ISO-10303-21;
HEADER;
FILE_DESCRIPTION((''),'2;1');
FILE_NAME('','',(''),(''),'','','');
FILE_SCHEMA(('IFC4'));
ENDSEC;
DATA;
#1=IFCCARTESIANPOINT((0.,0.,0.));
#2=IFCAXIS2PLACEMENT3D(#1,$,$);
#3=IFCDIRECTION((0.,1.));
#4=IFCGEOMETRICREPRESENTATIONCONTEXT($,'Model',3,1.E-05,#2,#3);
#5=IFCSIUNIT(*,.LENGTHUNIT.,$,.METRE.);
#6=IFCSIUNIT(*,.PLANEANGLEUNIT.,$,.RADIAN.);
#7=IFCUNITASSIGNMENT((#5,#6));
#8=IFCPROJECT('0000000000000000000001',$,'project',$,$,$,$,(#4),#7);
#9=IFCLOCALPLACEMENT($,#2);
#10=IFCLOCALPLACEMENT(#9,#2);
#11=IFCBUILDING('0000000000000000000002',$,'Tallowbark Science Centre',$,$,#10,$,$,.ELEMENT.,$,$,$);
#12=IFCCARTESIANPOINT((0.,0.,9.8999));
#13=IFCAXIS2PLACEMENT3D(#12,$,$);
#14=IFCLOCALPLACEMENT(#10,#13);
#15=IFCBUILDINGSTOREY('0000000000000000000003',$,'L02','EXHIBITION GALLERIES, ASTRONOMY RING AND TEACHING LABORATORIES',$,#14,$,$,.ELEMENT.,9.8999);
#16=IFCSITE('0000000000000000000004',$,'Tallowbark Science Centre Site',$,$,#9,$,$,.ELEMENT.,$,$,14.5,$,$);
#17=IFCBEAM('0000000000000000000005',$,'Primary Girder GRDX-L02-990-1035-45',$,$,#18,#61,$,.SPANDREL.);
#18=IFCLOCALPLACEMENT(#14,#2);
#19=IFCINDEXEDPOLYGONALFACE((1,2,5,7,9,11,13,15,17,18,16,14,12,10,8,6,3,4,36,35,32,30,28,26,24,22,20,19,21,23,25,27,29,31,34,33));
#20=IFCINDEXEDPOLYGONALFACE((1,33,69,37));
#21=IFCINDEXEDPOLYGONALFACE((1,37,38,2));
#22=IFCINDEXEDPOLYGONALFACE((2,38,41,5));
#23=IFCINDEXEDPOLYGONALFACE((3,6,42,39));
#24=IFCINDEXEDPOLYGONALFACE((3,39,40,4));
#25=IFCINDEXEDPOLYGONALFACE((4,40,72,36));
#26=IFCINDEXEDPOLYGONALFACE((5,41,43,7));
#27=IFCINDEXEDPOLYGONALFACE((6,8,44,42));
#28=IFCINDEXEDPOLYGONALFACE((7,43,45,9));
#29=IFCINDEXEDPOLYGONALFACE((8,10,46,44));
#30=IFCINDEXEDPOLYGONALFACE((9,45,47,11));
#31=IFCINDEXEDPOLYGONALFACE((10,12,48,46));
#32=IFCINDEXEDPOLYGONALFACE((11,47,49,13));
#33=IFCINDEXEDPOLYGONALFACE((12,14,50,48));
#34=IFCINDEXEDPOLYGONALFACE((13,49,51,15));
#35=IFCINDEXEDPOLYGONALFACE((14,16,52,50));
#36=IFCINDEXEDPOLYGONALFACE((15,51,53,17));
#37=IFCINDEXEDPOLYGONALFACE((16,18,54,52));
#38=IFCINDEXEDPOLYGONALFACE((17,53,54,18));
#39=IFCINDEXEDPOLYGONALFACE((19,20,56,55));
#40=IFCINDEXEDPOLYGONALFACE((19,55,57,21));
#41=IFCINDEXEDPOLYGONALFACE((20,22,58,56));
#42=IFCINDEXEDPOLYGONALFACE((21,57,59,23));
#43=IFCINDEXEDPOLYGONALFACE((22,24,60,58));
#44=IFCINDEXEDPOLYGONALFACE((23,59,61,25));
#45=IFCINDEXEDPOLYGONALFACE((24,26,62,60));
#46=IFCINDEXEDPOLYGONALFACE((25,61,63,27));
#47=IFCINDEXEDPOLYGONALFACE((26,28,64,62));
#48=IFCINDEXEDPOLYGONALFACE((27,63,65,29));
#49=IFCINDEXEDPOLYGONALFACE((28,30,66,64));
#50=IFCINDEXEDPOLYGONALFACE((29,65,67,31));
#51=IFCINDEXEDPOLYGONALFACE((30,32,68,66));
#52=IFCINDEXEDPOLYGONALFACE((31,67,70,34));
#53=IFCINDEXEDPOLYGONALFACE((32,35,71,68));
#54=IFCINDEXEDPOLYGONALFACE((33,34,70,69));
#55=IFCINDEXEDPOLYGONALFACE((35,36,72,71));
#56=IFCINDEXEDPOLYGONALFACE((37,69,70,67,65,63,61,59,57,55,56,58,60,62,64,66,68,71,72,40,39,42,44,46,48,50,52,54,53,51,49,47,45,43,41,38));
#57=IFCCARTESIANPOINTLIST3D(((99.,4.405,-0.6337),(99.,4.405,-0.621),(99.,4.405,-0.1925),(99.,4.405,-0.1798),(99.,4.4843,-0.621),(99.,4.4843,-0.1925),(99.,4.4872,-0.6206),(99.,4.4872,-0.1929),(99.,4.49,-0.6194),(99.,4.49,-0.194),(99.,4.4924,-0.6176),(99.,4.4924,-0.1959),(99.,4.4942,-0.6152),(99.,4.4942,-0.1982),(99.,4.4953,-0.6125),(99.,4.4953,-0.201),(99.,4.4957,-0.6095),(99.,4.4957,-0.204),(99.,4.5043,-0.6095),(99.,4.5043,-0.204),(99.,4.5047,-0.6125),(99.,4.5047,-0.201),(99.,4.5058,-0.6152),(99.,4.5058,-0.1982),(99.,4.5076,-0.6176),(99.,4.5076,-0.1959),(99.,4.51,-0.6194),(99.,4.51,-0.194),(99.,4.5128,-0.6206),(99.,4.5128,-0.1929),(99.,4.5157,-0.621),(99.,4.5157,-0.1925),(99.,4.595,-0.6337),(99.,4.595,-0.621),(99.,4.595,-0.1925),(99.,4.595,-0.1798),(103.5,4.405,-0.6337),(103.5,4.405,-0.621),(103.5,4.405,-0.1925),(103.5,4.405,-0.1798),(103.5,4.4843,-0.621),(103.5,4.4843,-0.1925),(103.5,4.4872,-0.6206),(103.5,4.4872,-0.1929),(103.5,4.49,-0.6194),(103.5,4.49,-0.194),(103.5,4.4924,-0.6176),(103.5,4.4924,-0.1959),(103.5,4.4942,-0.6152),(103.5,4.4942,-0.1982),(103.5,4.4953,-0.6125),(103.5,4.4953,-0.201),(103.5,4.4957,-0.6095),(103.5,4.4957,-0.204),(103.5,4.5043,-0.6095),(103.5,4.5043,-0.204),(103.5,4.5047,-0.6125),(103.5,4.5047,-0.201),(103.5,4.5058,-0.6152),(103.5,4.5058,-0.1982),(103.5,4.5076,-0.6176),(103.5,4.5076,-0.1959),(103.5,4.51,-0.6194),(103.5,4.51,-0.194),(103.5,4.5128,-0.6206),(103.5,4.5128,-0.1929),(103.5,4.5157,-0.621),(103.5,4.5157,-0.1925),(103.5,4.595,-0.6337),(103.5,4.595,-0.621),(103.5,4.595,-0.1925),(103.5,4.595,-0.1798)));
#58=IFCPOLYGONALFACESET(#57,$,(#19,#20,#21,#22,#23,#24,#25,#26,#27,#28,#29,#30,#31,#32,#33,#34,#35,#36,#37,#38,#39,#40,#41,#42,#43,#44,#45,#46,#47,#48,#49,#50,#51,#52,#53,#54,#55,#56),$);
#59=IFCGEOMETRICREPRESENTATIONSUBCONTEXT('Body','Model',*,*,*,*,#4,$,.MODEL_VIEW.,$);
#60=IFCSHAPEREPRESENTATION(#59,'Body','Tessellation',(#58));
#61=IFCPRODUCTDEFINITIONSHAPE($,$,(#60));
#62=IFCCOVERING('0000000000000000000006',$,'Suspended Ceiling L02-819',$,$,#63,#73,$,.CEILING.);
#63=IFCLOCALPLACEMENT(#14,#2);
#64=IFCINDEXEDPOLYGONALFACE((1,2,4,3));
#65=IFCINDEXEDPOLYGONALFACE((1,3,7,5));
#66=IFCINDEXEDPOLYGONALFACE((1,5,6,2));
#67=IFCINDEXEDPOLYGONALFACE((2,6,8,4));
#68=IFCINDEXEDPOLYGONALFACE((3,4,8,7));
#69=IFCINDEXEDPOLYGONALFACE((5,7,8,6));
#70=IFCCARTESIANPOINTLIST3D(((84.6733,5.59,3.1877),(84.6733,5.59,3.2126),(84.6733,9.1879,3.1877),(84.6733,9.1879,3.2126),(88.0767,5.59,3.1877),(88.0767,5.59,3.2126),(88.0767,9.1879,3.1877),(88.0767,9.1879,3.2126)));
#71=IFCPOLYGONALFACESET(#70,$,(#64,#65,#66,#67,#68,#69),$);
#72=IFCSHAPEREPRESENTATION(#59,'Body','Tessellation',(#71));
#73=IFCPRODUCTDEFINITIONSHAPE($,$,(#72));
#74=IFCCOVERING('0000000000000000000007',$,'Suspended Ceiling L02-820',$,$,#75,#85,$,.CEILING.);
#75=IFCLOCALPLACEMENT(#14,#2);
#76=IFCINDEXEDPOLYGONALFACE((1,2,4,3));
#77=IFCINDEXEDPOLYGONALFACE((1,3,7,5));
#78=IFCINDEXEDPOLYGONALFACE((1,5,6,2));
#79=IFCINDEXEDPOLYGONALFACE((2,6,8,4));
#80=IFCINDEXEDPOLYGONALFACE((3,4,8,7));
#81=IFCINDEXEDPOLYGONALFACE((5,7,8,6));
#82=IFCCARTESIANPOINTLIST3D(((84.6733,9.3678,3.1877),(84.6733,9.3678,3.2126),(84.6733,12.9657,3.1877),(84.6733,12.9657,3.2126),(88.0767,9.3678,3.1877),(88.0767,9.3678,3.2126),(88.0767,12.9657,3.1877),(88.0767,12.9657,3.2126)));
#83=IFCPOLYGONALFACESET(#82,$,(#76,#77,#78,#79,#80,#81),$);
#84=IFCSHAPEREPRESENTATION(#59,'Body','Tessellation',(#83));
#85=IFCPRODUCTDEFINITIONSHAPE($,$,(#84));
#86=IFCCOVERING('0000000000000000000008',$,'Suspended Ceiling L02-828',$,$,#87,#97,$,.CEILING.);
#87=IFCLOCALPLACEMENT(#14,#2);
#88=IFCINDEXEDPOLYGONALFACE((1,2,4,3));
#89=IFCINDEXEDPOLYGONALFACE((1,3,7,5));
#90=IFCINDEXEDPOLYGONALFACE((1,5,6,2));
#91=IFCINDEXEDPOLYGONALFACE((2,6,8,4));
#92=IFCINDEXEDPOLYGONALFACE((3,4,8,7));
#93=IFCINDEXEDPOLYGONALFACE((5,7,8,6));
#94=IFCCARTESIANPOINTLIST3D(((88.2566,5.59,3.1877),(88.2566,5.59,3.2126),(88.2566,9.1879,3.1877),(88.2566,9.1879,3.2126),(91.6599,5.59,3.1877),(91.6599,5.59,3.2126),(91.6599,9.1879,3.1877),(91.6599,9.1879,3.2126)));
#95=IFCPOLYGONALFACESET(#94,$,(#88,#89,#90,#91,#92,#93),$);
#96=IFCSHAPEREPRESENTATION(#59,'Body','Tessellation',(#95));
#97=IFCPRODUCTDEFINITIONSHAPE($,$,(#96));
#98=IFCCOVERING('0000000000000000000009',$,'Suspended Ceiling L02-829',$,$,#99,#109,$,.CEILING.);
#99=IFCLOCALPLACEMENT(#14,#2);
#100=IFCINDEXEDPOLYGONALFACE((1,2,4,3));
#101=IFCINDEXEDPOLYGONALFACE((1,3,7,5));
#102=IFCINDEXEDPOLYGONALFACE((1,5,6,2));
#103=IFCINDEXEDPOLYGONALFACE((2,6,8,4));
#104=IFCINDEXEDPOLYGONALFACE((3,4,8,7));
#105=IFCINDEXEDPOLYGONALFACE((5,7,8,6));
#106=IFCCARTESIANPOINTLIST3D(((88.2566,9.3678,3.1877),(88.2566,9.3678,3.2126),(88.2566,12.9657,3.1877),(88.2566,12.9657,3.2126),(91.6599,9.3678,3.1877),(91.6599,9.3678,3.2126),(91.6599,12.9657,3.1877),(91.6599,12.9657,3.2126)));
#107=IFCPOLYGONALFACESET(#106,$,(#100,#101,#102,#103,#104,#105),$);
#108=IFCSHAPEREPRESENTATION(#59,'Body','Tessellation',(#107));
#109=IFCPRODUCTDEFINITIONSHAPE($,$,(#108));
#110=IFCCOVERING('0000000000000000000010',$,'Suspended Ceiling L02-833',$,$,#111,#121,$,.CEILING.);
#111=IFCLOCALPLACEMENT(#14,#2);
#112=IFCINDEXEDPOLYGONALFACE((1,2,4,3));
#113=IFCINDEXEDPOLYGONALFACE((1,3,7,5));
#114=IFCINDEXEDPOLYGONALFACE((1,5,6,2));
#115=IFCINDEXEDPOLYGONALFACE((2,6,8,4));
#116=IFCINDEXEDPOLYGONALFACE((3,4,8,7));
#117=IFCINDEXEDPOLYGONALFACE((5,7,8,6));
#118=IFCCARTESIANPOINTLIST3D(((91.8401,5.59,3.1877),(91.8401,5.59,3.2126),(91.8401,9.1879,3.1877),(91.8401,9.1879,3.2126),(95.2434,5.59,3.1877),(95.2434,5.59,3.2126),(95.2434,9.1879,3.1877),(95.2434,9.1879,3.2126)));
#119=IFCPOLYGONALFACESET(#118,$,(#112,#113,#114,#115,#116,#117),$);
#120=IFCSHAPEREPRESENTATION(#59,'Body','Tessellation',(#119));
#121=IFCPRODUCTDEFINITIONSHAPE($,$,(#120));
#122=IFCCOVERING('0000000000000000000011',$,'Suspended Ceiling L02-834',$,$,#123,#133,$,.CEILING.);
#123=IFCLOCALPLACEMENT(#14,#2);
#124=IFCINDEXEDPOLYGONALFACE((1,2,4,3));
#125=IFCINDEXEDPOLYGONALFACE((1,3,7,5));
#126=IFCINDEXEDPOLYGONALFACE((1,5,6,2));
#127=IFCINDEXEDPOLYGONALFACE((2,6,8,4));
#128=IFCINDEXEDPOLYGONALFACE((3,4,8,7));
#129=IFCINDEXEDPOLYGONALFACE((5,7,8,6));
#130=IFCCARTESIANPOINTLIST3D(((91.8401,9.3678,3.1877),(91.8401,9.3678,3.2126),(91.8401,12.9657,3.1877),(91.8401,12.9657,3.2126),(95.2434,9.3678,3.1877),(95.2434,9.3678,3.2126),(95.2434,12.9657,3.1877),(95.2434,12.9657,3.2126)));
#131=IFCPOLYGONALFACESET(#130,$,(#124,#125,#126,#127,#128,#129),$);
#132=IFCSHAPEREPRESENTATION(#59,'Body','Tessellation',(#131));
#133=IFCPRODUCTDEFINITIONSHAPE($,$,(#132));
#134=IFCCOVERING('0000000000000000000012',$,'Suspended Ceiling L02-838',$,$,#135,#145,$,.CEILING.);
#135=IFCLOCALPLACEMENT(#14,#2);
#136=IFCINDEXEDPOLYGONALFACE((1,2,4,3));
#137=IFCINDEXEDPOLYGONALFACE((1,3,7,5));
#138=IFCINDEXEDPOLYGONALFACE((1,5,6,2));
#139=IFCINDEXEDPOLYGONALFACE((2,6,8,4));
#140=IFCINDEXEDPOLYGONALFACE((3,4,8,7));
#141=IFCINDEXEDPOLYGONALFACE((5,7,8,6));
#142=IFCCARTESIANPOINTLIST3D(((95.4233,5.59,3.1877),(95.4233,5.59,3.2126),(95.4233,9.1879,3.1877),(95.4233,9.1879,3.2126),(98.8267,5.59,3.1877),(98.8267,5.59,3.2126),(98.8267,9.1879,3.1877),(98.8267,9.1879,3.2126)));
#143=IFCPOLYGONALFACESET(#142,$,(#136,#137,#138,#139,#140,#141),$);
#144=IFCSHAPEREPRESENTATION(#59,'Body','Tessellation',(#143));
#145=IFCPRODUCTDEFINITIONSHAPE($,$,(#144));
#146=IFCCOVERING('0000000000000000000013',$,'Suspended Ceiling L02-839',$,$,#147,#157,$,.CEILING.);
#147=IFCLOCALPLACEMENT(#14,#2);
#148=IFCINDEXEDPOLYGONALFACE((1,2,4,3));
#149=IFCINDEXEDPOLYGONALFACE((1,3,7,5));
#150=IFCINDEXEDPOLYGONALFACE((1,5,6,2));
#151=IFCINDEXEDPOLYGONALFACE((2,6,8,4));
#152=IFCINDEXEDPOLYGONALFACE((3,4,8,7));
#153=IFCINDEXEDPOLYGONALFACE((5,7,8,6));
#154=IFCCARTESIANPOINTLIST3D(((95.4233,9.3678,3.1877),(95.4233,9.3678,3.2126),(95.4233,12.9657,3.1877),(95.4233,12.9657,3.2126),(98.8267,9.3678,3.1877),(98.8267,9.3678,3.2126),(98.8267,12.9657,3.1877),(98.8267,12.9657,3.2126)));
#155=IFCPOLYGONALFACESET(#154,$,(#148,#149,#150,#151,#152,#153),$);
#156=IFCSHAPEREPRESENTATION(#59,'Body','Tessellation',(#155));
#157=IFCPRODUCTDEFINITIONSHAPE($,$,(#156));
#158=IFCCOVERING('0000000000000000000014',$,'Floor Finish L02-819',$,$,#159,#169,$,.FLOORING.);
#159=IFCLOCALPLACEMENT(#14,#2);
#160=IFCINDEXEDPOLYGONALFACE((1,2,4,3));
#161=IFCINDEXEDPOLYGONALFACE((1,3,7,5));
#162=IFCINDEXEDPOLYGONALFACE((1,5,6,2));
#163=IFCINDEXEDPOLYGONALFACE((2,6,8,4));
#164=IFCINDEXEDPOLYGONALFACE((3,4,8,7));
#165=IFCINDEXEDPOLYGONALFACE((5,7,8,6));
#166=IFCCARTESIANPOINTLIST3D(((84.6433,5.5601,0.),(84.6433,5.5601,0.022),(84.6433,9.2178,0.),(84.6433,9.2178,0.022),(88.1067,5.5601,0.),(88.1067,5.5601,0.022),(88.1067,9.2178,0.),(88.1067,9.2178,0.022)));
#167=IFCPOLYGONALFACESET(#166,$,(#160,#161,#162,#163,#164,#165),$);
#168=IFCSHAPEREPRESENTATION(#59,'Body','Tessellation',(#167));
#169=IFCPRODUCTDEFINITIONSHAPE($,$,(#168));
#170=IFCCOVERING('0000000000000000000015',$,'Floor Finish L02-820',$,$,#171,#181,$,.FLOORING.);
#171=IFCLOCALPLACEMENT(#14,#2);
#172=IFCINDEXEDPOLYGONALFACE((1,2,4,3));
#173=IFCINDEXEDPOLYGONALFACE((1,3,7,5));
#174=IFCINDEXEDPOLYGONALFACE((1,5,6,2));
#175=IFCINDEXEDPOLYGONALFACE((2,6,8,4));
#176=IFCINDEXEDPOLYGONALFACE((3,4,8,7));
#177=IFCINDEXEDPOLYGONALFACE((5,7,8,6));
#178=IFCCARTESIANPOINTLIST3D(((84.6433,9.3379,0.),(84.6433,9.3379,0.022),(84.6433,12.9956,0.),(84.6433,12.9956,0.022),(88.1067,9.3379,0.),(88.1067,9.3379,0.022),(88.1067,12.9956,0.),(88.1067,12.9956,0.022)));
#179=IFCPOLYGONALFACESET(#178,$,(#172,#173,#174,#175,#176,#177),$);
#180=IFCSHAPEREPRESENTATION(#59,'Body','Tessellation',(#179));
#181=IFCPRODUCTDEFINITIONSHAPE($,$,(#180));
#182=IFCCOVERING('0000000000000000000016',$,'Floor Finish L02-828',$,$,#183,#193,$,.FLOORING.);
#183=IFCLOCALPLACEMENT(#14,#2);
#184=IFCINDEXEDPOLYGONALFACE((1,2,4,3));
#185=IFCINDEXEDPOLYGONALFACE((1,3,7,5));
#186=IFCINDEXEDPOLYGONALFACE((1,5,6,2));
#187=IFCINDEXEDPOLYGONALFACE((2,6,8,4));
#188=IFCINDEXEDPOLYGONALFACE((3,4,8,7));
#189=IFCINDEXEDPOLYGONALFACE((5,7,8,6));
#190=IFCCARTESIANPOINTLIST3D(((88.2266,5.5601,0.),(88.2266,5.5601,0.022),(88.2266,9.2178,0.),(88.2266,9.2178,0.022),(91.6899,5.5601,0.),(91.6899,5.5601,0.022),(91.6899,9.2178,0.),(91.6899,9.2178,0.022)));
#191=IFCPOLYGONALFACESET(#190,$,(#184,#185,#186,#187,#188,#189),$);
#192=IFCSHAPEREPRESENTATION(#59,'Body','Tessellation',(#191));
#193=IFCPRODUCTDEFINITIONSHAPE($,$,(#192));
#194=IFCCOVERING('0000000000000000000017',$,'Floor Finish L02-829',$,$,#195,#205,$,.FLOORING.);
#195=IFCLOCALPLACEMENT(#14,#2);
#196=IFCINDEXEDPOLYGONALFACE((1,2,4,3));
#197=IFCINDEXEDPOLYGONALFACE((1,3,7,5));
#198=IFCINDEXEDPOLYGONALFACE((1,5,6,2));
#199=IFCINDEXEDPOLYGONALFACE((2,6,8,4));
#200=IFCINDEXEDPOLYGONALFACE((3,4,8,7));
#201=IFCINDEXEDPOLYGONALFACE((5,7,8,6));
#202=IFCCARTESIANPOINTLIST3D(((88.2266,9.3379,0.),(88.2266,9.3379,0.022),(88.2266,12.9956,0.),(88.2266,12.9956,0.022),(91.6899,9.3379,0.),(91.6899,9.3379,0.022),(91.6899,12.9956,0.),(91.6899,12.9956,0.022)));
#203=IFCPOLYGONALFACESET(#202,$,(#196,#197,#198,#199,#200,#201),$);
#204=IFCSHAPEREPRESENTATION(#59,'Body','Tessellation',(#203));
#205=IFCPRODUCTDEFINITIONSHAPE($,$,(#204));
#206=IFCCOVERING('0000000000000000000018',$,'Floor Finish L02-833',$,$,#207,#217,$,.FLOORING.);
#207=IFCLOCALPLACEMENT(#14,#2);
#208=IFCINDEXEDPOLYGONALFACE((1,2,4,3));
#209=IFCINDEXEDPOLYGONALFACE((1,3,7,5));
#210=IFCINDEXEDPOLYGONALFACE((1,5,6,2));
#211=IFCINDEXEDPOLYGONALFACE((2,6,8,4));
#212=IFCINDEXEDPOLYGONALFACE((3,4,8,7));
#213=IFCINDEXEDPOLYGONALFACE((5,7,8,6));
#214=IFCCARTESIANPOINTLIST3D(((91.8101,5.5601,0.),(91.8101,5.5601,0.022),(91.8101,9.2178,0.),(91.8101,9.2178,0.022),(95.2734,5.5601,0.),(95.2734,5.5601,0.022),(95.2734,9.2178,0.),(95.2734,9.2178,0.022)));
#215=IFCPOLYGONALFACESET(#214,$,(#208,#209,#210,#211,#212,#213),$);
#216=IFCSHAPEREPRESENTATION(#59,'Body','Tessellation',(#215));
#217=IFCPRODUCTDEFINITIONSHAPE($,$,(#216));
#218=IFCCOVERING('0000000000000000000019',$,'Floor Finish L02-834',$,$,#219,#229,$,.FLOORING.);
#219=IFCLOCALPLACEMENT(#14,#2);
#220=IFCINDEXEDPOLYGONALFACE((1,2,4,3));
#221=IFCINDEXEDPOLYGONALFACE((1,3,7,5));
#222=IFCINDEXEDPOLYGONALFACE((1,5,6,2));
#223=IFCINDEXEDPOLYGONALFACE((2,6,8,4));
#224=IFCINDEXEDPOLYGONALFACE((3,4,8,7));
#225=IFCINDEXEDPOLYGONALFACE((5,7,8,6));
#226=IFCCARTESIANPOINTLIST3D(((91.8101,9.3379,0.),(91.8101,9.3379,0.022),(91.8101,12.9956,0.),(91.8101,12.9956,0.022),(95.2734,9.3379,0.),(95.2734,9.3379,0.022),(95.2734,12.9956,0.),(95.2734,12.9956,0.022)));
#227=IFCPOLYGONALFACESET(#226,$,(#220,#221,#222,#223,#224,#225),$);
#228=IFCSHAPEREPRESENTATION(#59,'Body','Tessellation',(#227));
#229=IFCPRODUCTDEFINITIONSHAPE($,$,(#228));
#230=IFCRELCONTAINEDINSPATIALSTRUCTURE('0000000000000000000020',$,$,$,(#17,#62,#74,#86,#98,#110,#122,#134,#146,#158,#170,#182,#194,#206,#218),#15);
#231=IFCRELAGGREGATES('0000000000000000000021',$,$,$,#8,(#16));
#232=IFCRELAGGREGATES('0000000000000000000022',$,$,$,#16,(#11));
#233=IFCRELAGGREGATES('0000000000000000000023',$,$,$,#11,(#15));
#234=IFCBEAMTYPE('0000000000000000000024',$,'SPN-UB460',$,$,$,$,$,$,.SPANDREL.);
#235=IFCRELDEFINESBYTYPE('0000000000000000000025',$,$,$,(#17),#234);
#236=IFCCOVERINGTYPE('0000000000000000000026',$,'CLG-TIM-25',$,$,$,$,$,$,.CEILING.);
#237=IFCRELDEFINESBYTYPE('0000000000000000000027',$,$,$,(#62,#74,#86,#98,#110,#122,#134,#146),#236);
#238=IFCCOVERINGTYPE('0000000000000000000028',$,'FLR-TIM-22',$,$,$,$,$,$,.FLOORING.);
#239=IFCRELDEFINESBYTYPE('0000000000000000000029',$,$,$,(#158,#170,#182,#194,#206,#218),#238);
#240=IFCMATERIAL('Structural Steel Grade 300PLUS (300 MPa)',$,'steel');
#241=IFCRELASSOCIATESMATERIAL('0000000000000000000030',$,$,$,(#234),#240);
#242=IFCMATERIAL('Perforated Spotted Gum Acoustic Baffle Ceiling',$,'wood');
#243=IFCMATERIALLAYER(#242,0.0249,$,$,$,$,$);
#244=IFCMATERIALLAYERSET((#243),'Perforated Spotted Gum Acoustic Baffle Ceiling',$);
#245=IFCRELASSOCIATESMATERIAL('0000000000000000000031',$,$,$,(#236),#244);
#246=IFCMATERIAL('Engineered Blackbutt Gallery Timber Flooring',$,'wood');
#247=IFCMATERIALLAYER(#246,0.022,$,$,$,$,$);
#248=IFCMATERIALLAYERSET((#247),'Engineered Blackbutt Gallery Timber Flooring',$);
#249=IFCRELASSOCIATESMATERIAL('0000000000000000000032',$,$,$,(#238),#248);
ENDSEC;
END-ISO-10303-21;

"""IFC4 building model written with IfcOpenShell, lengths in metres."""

from ifc_helpers import new_model, si_unit, direction, frame, origin, origin_2d, place, context, subcontext, project, spatial, rectangle, i_section, extrude, material, layer, layer_set, material_profile, profile_set, type_object, element, save


model = new_model("IFC4")

# Units and contexts
model_context = context("Model", 3, precision=1e-05, world=origin(), true_north=direction((0.0, 1.0)))
body_context = subcontext(model_context, "Body", "Model", "MODEL_VIEW")
ifc_project = project(units=[si_unit("LENGTHUNIT", "METRE"), si_unit("PLANEANGLEUNIT", "RADIAN")], contexts=[model_context])

# Site, building, storey
site_placement = place(None, origin())
site = spatial("IfcSite", under=ifc_project, at=site_placement, Name="Tallowbark Science Centre Site", CompositionType="ELEMENT", RefElevation=14.5)
building_placement = place(site_placement, origin())
building = spatial("IfcBuilding", under=site, at=building_placement, Name="Tallowbark Science Centre", CompositionType="ELEMENT")
storey_placement = place(building_placement, frame((0.0, 0.0, 9.8999)))
storey = spatial("IfcBuildingStorey", under=building, at=storey_placement, Name="L02", Description="EXHIBITION GALLERIES, ASTRONOMY RING AND TEACHING LABORATORIES", CompositionType="ELEMENT", Elevation=9.8999)

# Beam
ifc_material_1 = material(Name="Structural Steel Grade 300PLUS (300 MPa)", Category="steel")
ifc_material_profile = material_profile(ifc_material_1, i_section(OverallWidth=0.1899, OverallDepth=0.4539, WebThickness=0.0085, FlangeThickness=0.0127, FilletRadius=0.0115, at=origin_2d()), Name="460UB67.1")
ifc_profile_set = profile_set([ifc_material_profile], Name="Structural Steel Grade 300PLUS (300 MPa)")
beam_type = type_object("IfcBeamType", Name="SPN-UB460", PredefinedType="SPANDREL", material=ifc_profile_set)
beam_placement = place(storey_placement, frame((99.0, 4.5, -0.4067), z_axis=(1.0, 0.0, 0.0), x_axis=(0.0, 1.0, 0.0)))
element("IfcBeam", 1, at=beam_placement, inside=storey, type_object=beam_type, Name="Primary Girder GRDX-L02-990-1035-45", PredefinedType="SPANDREL", context=body_context, shape_type="SweptSolid", body=[
    extrude(i_section(OverallWidth=0.1899, OverallDepth=0.4539, WebThickness=0.0085, FlangeThickness=0.0127, FilletRadius=0.0115, at=origin_2d()), origin(), (0.0, 0.0, 1.0), 4.5),
])

# Coverings
ifc_material_2 = material(Name="Perforated Spotted Gum Acoustic Baffle Ceiling", Category="wood")
ifc_layer_1 = layer(ifc_material_2, 0.0249)
ifc_layer_set_1 = layer_set([ifc_layer_1], Name="Perforated Spotted Gum Acoustic Baffle Ceiling")
covering_type_1 = type_object("IfcCoveringType", Name="CLG-TIM-25", PredefinedType="CEILING", material=ifc_layer_set_1)
for number, where, z_axis, x_axis, name in (
    (2, (86.375, 7.3889, 3.1877), (0.0, 0.0, 1.0), (1.0, 0.0, 0.0), "Suspended Ceiling L02-819"),
    (3, (86.375, 11.1667, 3.1877), (0.0, 0.0, 1.0), (1.0, 0.0, 0.0), "Suspended Ceiling L02-820"),
    (4, (89.9583, 7.3889, 3.1877), (0.0, 0.0, 1.0), (1.0, 0.0, 0.0), "Suspended Ceiling L02-828"),
    (5, (89.9583, 11.1667, 3.1877), (0.0, 0.0, 1.0), (1.0, 0.0, 0.0), "Suspended Ceiling L02-829"),
    (6, (93.5417, 7.3889, 3.1877), (0.0, 0.0, 1.0), (1.0, 0.0, 0.0), "Suspended Ceiling L02-833"),
    (7, (93.5417, 11.1667, 3.1877), (0.0, 0.0, 1.0), (1.0, 0.0, 0.0), "Suspended Ceiling L02-834"),
    (8, (97.125, 7.3889, 3.1877), (0.0, 0.0, 1.0), (1.0, 0.0, 0.0), "Suspended Ceiling L02-838"),
    (9, (97.125, 11.1667, 3.1877), (0.0, 0.0, 1.0), (1.0, 0.0, 0.0), "Suspended Ceiling L02-839"),
):
    element("IfcCovering", number, at=place(storey_placement, frame(where, z_axis=z_axis, x_axis=x_axis)), inside=storey, type_object=covering_type_1, Name=name, PredefinedType="CEILING", context=body_context, shape_type="SweptSolid", body=[
        extrude(rectangle(XDim=3.4033, YDim=3.5979, at=origin_2d()), origin(), (0.0, 0.0, 1.0), 0.0249),
    ])
ifc_material_3 = material(Name="Engineered Blackbutt Gallery Timber Flooring", Category="wood")
ifc_layer_2 = layer(ifc_material_3, 0.022)
ifc_layer_set_2 = layer_set([ifc_layer_2], Name="Engineered Blackbutt Gallery Timber Flooring")
covering_type_2 = type_object("IfcCoveringType", Name="FLR-TIM-22", PredefinedType="FLOORING", material=ifc_layer_set_2)
for number, where, z_axis, x_axis, name in (
    (10, (86.375, 7.3889, 0.0), (0.0, 0.0, 1.0), (1.0, 0.0, 0.0), "Floor Finish L02-819"),
    (11, (86.375, 11.1667, 0.0), (0.0, 0.0, 1.0), (1.0, 0.0, 0.0), "Floor Finish L02-820"),
    (12, (89.9583, 7.3889, 0.0), (0.0, 0.0, 1.0), (1.0, 0.0, 0.0), "Floor Finish L02-828"),
    (13, (89.9583, 11.1667, 0.0), (0.0, 0.0, 1.0), (1.0, 0.0, 0.0), "Floor Finish L02-829"),
    (14, (93.5417, 7.3889, 0.0), (0.0, 0.0, 1.0), (1.0, 0.0, 0.0), "Floor Finish L02-833"),
    (15, (93.5417, 11.1667, 0.0), (0.0, 0.0, 1.0), (1.0, 0.0, 0.0), "Floor Finish L02-834"),
):
    element("IfcCovering", number, at=place(storey_placement, frame(where, z_axis=z_axis, x_axis=x_axis)), inside=storey, type_object=covering_type_2, Name=name, PredefinedType="FLOORING", context=body_context, shape_type="SweptSolid", body=[
        extrude(rectangle(XDim=3.4634, YDim=3.6577, at=origin_2d()), origin(), (0.0, 0.0, 1.0), 0.022),
    ])

save(model, "model.ifc")
